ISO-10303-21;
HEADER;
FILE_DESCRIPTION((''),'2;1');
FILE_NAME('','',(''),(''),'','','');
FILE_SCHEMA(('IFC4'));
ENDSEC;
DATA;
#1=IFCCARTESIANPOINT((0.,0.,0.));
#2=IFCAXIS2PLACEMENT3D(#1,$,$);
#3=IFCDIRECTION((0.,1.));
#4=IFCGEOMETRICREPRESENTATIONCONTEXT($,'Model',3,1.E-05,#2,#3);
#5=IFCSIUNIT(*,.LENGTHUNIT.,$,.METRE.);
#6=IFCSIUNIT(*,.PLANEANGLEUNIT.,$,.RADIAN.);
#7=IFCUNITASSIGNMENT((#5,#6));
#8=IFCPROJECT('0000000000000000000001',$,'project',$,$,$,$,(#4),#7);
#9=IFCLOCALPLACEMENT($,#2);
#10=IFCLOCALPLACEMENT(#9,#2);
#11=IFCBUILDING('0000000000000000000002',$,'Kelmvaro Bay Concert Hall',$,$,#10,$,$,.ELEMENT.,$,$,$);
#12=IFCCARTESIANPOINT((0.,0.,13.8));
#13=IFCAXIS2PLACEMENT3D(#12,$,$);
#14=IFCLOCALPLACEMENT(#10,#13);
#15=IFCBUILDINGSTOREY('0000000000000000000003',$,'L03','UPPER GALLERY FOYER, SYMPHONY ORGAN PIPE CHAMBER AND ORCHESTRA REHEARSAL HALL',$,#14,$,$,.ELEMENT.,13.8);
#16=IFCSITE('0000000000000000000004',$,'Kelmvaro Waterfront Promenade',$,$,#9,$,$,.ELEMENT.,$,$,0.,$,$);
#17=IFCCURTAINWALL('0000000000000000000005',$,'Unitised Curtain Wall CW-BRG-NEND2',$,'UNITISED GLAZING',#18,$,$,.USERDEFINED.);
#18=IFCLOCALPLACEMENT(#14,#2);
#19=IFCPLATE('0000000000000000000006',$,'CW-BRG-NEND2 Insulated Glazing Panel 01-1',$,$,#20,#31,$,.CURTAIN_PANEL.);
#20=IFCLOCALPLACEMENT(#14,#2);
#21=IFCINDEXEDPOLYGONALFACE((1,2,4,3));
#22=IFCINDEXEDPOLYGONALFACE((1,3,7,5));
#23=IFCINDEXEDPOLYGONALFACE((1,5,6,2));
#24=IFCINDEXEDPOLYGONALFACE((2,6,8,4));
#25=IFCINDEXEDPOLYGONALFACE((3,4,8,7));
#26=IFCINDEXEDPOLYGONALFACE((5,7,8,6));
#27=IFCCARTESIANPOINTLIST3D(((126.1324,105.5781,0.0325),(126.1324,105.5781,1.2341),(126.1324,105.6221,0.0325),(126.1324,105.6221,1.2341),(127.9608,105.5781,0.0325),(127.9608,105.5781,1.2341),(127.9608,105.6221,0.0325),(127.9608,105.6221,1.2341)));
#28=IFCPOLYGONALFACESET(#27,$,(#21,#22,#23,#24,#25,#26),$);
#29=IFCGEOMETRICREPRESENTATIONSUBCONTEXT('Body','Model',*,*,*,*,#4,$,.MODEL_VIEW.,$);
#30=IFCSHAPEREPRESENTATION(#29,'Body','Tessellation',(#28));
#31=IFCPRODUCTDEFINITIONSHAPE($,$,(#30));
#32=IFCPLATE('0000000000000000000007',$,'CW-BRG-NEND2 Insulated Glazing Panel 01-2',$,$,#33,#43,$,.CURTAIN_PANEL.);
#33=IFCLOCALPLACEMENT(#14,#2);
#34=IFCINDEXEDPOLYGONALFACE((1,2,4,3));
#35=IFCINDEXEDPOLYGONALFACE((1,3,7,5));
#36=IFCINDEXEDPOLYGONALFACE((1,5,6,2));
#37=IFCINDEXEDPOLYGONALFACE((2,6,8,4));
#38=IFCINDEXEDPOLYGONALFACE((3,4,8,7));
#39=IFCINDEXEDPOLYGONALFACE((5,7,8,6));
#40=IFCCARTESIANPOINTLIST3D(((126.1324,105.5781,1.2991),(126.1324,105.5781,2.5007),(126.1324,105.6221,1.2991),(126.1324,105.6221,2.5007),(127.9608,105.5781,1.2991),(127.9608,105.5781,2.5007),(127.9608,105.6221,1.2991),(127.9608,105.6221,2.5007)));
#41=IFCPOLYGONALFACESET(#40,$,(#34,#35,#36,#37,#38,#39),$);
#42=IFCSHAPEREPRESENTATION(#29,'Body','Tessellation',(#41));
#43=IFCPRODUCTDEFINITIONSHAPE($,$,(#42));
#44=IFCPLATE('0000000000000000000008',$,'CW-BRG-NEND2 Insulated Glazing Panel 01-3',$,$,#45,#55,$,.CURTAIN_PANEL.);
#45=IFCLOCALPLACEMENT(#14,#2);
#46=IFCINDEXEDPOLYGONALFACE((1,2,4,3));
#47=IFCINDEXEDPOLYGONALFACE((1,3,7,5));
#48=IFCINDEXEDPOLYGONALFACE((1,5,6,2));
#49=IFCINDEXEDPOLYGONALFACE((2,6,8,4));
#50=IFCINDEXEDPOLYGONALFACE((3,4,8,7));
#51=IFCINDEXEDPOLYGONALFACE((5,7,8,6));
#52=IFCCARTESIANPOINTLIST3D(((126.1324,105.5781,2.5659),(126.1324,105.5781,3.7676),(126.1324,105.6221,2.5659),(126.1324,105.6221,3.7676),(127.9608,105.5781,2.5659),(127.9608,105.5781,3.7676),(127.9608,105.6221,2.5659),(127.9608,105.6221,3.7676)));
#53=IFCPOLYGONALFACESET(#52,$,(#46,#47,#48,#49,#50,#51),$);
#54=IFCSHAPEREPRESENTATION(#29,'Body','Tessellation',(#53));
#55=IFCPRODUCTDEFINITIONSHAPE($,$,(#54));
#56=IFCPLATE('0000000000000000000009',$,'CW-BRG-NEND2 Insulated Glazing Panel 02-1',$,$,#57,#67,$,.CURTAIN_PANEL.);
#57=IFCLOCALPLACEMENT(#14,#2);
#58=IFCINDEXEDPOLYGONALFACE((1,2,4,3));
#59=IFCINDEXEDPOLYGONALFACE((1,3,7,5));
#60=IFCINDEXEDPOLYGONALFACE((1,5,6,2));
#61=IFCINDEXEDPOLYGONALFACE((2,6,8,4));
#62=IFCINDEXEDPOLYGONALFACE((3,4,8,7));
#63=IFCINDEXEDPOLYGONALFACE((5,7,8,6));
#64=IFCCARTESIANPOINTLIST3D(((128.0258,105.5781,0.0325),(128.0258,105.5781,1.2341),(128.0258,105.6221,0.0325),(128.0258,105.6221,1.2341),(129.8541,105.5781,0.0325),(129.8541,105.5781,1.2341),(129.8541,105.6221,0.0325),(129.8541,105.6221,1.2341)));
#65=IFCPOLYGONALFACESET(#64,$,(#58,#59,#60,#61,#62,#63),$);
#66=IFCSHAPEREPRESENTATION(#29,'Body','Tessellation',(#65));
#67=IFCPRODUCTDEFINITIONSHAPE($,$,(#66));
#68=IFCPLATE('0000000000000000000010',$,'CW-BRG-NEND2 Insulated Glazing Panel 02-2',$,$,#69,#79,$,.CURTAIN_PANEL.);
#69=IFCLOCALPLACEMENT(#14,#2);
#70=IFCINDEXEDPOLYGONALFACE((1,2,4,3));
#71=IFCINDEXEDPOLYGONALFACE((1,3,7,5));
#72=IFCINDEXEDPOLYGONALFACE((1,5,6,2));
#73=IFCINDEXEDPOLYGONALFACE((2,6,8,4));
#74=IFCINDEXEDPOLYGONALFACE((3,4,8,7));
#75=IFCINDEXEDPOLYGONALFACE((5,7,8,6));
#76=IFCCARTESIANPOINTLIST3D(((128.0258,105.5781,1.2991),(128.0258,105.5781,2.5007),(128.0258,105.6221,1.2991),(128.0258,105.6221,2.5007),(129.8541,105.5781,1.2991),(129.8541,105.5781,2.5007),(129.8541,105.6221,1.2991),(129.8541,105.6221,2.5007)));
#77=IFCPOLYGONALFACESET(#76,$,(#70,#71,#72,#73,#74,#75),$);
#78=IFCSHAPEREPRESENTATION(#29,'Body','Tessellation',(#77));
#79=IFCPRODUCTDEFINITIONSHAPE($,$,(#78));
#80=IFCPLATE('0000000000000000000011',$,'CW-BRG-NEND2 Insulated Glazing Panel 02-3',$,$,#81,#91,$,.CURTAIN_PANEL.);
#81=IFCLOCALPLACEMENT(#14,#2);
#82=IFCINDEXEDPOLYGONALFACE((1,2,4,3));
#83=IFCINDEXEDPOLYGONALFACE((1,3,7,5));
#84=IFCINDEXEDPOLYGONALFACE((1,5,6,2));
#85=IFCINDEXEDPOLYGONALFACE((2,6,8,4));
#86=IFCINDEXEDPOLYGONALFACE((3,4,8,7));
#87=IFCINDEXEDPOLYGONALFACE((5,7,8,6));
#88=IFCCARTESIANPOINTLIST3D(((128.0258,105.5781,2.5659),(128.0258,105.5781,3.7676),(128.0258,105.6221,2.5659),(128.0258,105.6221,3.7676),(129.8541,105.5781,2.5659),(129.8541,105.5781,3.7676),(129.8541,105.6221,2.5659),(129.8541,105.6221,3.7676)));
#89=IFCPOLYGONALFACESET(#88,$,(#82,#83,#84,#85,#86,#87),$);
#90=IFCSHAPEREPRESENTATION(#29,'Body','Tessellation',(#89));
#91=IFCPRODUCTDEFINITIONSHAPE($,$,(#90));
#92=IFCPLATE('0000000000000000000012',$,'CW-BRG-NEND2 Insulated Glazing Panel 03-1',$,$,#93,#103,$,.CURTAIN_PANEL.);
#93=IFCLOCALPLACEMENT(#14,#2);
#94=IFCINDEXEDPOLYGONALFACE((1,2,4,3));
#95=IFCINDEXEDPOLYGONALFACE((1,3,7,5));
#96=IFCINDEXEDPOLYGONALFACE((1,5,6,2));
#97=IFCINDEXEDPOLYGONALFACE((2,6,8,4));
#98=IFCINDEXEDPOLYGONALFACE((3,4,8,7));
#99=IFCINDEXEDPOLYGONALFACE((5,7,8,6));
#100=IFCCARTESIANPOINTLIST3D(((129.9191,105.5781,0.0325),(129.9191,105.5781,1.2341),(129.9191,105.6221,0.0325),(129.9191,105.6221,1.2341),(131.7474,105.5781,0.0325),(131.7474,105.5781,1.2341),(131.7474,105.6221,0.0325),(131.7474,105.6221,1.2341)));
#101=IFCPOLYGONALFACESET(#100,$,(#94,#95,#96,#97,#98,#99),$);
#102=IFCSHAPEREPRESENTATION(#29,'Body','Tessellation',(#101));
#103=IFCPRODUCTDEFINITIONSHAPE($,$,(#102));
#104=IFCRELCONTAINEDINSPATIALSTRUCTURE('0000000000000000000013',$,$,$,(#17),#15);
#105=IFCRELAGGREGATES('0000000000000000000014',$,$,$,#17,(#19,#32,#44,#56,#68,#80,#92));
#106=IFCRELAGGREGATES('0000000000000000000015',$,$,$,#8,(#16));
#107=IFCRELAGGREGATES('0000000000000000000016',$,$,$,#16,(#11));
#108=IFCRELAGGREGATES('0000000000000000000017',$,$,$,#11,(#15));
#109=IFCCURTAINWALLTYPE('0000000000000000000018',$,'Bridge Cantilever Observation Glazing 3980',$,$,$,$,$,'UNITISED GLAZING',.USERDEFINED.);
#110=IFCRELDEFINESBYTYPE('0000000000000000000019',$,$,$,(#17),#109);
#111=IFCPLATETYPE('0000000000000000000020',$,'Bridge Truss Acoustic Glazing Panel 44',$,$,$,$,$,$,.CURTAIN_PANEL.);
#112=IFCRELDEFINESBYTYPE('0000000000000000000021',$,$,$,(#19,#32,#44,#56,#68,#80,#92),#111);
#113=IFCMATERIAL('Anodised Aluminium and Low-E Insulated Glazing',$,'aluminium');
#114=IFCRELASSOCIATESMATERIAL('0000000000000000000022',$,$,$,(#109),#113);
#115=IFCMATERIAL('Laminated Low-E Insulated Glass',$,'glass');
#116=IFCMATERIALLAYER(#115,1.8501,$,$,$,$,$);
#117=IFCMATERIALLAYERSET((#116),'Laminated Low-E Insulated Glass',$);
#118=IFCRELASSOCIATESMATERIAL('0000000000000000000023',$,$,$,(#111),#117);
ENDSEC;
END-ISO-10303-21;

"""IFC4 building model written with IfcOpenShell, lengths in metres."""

from ifc_helpers import new_model, si_unit, direction, frame, origin, origin_2d, place, context, subcontext, project, spatial, rectangle, extrude, material, layer, layer_set, type_object, element, aggregate, save


model = new_model("IFC4")

# Units and contexts
model_context = context("Model", 3, precision=1e-05, world=origin(), true_north=direction((0.0, 1.0)))
body_context = subcontext(model_context, "Body", "Model", "MODEL_VIEW")
ifc_project = project(units=[si_unit("LENGTHUNIT", "METRE"), si_unit("PLANEANGLEUNIT", "RADIAN")], contexts=[model_context])

# Site, building, storey
site_placement = place(None, origin())
site = spatial("IfcSite", under=ifc_project, at=site_placement, Name="Kelmvaro Waterfront Promenade", CompositionType="ELEMENT", RefElevation=0.0)
building_placement = place(site_placement, origin())
building = spatial("IfcBuilding", under=site, at=building_placement, Name="Kelmvaro Bay Concert Hall", CompositionType="ELEMENT")
storey_placement = place(building_placement, frame((0.0, 0.0, 13.8)))
storey = spatial("IfcBuildingStorey", under=building, at=storey_placement, Name="L03", Description="UPPER GALLERY FOYER, SYMPHONY ORGAN PIPE CHAMBER AND ORCHESTRA REHEARSAL HALL", CompositionType="ELEMENT", Elevation=13.8)

# Curtain wall
ifc_material_1 = material(Name="Anodised Aluminium and Low-E Insulated Glazing", Category="aluminium")
curtain_wall_type = type_object("IfcCurtainWallType", Name="Bridge Cantilever Observation Glazing 3980", ElementType="UNITISED GLAZING", PredefinedType="USERDEFINED", material=ifc_material_1)
curtain_wall_1_placement = place(storey_placement, origin())
curtain_wall_1 = element("IfcCurtainWall", 1, at=curtain_wall_1_placement, inside=storey, type_object=curtain_wall_type, Name="Unitised Curtain Wall CW-BRG-NEND2", ObjectType="UNITISED GLAZING", PredefinedType="USERDEFINED")

# Plates
ifc_material_2 = material(Name="Laminated Low-E Insulated Glass", Category="glass")
ifc_layer = layer(ifc_material_2, 1.8501)
ifc_layer_set = layer_set([ifc_layer], Name="Laminated Low-E Insulated Glass")
plate_type = type_object("IfcPlateType", Name="Bridge Truss Acoustic Glazing Panel 44", PredefinedType="CURTAIN_PANEL", material=ifc_layer_set)
plate_1_placement = place(storey_placement, frame((127.0466, 105.6001, 0.0325), z_axis=(0.0, 0.0, 1.0), x_axis=(1.0, 0.0, 0.0)))
plate_1 = element("IfcPlate", 2, at=plate_1_placement, type_object=plate_type, Name="CW-BRG-NEND2 Insulated Glazing Panel 01-1", PredefinedType="CURTAIN_PANEL", context=body_context, shape_type="SweptSolid", body=[
    extrude(rectangle(XDim=1.8284, YDim=0.0439, at=origin_2d()), origin(), (0.0, 0.0, 1.0), 1.2017),
])
plate_2_placement = place(storey_placement, frame((127.0466, 105.6001, 1.2991), z_axis=(0.0, 0.0, 1.0), x_axis=(1.0, 0.0, 0.0)))
plate_2 = element("IfcPlate", 3, at=plate_2_placement, type_object=plate_type, Name="CW-BRG-NEND2 Insulated Glazing Panel 01-2", PredefinedType="CURTAIN_PANEL", context=body_context, shape_type="SweptSolid", body=[
    extrude(rectangle(XDim=1.8284, YDim=0.0439, at=origin_2d()), origin(), (0.0, 0.0, 1.0), 1.2017),
])
plate_3_placement = place(storey_placement, frame((127.0466, 105.6001, 2.5659), z_axis=(0.0, 0.0, 1.0), x_axis=(1.0, 0.0, 0.0)))
plate_3 = element("IfcPlate", 4, at=plate_3_placement, type_object=plate_type, Name="CW-BRG-NEND2 Insulated Glazing Panel 01-3", PredefinedType="CURTAIN_PANEL", context=body_context, shape_type="SweptSolid", body=[
    extrude(rectangle(XDim=1.8284, YDim=0.0439, at=origin_2d()), origin(), (0.0, 0.0, 1.0), 1.2017),
])
plate_4_placement = place(storey_placement, frame((128.9399, 105.6001, 0.0325), z_axis=(0.0, 0.0, 1.0), x_axis=(1.0, 0.0, 0.0)))
plate_4 = element("IfcPlate", 5, at=plate_4_placement, type_object=plate_type, Name="CW-BRG-NEND2 Insulated Glazing Panel 02-1", PredefinedType="CURTAIN_PANEL", context=body_context, shape_type="SweptSolid", body=[
    extrude(rectangle(XDim=1.8284, YDim=0.0439, at=origin_2d()), origin(), (0.0, 0.0, 1.0), 1.2017),
])
plate_5_placement = place(storey_placement, frame((128.9399, 105.6001, 1.2991), z_axis=(0.0, 0.0, 1.0), x_axis=(1.0, 0.0, 0.0)))
plate_5 = element("IfcPlate", 6, at=plate_5_placement, type_object=plate_type, Name="CW-BRG-NEND2 Insulated Glazing Panel 02-2", PredefinedType="CURTAIN_PANEL", context=body_context, shape_type="SweptSolid", body=[
    extrude(rectangle(XDim=1.8284, YDim=0.0439, at=origin_2d()), origin(), (0.0, 0.0, 1.0), 1.2017),
])
plate_6_placement = place(storey_placement, frame((128.9399, 105.6001, 2.5659), z_axis=(0.0, 0.0, 1.0), x_axis=(1.0, 0.0, 0.0)))
plate_6 = element("IfcPlate", 7, at=plate_6_placement, type_object=plate_type, Name="CW-BRG-NEND2 Insulated Glazing Panel 02-3", PredefinedType="CURTAIN_PANEL", context=body_context, shape_type="SweptSolid", body=[
    extrude(rectangle(XDim=1.8284, YDim=0.0439, at=origin_2d()), origin(), (0.0, 0.0, 1.0), 1.2017),
])
plate_7_placement = place(storey_placement, frame((130.8333, 105.6001, 0.0325), z_axis=(0.0, 0.0, 1.0), x_axis=(1.0, 0.0, 0.0)))
plate_7 = element("IfcPlate", 8, at=plate_7_placement, type_object=plate_type, Name="CW-BRG-NEND2 Insulated Glazing Panel 03-1", PredefinedType="CURTAIN_PANEL", context=body_context, shape_type="SweptSolid", body=[
    extrude(rectangle(XDim=1.8284, YDim=0.0439, at=origin_2d()), origin(), (0.0, 0.0, 1.0), 1.2017),
])
aggregate(curtain_wall_1, [plate_1, plate_2, plate_3, plate_4, plate_5, plate_6, plate_7])

save(model, "model.ifc")
